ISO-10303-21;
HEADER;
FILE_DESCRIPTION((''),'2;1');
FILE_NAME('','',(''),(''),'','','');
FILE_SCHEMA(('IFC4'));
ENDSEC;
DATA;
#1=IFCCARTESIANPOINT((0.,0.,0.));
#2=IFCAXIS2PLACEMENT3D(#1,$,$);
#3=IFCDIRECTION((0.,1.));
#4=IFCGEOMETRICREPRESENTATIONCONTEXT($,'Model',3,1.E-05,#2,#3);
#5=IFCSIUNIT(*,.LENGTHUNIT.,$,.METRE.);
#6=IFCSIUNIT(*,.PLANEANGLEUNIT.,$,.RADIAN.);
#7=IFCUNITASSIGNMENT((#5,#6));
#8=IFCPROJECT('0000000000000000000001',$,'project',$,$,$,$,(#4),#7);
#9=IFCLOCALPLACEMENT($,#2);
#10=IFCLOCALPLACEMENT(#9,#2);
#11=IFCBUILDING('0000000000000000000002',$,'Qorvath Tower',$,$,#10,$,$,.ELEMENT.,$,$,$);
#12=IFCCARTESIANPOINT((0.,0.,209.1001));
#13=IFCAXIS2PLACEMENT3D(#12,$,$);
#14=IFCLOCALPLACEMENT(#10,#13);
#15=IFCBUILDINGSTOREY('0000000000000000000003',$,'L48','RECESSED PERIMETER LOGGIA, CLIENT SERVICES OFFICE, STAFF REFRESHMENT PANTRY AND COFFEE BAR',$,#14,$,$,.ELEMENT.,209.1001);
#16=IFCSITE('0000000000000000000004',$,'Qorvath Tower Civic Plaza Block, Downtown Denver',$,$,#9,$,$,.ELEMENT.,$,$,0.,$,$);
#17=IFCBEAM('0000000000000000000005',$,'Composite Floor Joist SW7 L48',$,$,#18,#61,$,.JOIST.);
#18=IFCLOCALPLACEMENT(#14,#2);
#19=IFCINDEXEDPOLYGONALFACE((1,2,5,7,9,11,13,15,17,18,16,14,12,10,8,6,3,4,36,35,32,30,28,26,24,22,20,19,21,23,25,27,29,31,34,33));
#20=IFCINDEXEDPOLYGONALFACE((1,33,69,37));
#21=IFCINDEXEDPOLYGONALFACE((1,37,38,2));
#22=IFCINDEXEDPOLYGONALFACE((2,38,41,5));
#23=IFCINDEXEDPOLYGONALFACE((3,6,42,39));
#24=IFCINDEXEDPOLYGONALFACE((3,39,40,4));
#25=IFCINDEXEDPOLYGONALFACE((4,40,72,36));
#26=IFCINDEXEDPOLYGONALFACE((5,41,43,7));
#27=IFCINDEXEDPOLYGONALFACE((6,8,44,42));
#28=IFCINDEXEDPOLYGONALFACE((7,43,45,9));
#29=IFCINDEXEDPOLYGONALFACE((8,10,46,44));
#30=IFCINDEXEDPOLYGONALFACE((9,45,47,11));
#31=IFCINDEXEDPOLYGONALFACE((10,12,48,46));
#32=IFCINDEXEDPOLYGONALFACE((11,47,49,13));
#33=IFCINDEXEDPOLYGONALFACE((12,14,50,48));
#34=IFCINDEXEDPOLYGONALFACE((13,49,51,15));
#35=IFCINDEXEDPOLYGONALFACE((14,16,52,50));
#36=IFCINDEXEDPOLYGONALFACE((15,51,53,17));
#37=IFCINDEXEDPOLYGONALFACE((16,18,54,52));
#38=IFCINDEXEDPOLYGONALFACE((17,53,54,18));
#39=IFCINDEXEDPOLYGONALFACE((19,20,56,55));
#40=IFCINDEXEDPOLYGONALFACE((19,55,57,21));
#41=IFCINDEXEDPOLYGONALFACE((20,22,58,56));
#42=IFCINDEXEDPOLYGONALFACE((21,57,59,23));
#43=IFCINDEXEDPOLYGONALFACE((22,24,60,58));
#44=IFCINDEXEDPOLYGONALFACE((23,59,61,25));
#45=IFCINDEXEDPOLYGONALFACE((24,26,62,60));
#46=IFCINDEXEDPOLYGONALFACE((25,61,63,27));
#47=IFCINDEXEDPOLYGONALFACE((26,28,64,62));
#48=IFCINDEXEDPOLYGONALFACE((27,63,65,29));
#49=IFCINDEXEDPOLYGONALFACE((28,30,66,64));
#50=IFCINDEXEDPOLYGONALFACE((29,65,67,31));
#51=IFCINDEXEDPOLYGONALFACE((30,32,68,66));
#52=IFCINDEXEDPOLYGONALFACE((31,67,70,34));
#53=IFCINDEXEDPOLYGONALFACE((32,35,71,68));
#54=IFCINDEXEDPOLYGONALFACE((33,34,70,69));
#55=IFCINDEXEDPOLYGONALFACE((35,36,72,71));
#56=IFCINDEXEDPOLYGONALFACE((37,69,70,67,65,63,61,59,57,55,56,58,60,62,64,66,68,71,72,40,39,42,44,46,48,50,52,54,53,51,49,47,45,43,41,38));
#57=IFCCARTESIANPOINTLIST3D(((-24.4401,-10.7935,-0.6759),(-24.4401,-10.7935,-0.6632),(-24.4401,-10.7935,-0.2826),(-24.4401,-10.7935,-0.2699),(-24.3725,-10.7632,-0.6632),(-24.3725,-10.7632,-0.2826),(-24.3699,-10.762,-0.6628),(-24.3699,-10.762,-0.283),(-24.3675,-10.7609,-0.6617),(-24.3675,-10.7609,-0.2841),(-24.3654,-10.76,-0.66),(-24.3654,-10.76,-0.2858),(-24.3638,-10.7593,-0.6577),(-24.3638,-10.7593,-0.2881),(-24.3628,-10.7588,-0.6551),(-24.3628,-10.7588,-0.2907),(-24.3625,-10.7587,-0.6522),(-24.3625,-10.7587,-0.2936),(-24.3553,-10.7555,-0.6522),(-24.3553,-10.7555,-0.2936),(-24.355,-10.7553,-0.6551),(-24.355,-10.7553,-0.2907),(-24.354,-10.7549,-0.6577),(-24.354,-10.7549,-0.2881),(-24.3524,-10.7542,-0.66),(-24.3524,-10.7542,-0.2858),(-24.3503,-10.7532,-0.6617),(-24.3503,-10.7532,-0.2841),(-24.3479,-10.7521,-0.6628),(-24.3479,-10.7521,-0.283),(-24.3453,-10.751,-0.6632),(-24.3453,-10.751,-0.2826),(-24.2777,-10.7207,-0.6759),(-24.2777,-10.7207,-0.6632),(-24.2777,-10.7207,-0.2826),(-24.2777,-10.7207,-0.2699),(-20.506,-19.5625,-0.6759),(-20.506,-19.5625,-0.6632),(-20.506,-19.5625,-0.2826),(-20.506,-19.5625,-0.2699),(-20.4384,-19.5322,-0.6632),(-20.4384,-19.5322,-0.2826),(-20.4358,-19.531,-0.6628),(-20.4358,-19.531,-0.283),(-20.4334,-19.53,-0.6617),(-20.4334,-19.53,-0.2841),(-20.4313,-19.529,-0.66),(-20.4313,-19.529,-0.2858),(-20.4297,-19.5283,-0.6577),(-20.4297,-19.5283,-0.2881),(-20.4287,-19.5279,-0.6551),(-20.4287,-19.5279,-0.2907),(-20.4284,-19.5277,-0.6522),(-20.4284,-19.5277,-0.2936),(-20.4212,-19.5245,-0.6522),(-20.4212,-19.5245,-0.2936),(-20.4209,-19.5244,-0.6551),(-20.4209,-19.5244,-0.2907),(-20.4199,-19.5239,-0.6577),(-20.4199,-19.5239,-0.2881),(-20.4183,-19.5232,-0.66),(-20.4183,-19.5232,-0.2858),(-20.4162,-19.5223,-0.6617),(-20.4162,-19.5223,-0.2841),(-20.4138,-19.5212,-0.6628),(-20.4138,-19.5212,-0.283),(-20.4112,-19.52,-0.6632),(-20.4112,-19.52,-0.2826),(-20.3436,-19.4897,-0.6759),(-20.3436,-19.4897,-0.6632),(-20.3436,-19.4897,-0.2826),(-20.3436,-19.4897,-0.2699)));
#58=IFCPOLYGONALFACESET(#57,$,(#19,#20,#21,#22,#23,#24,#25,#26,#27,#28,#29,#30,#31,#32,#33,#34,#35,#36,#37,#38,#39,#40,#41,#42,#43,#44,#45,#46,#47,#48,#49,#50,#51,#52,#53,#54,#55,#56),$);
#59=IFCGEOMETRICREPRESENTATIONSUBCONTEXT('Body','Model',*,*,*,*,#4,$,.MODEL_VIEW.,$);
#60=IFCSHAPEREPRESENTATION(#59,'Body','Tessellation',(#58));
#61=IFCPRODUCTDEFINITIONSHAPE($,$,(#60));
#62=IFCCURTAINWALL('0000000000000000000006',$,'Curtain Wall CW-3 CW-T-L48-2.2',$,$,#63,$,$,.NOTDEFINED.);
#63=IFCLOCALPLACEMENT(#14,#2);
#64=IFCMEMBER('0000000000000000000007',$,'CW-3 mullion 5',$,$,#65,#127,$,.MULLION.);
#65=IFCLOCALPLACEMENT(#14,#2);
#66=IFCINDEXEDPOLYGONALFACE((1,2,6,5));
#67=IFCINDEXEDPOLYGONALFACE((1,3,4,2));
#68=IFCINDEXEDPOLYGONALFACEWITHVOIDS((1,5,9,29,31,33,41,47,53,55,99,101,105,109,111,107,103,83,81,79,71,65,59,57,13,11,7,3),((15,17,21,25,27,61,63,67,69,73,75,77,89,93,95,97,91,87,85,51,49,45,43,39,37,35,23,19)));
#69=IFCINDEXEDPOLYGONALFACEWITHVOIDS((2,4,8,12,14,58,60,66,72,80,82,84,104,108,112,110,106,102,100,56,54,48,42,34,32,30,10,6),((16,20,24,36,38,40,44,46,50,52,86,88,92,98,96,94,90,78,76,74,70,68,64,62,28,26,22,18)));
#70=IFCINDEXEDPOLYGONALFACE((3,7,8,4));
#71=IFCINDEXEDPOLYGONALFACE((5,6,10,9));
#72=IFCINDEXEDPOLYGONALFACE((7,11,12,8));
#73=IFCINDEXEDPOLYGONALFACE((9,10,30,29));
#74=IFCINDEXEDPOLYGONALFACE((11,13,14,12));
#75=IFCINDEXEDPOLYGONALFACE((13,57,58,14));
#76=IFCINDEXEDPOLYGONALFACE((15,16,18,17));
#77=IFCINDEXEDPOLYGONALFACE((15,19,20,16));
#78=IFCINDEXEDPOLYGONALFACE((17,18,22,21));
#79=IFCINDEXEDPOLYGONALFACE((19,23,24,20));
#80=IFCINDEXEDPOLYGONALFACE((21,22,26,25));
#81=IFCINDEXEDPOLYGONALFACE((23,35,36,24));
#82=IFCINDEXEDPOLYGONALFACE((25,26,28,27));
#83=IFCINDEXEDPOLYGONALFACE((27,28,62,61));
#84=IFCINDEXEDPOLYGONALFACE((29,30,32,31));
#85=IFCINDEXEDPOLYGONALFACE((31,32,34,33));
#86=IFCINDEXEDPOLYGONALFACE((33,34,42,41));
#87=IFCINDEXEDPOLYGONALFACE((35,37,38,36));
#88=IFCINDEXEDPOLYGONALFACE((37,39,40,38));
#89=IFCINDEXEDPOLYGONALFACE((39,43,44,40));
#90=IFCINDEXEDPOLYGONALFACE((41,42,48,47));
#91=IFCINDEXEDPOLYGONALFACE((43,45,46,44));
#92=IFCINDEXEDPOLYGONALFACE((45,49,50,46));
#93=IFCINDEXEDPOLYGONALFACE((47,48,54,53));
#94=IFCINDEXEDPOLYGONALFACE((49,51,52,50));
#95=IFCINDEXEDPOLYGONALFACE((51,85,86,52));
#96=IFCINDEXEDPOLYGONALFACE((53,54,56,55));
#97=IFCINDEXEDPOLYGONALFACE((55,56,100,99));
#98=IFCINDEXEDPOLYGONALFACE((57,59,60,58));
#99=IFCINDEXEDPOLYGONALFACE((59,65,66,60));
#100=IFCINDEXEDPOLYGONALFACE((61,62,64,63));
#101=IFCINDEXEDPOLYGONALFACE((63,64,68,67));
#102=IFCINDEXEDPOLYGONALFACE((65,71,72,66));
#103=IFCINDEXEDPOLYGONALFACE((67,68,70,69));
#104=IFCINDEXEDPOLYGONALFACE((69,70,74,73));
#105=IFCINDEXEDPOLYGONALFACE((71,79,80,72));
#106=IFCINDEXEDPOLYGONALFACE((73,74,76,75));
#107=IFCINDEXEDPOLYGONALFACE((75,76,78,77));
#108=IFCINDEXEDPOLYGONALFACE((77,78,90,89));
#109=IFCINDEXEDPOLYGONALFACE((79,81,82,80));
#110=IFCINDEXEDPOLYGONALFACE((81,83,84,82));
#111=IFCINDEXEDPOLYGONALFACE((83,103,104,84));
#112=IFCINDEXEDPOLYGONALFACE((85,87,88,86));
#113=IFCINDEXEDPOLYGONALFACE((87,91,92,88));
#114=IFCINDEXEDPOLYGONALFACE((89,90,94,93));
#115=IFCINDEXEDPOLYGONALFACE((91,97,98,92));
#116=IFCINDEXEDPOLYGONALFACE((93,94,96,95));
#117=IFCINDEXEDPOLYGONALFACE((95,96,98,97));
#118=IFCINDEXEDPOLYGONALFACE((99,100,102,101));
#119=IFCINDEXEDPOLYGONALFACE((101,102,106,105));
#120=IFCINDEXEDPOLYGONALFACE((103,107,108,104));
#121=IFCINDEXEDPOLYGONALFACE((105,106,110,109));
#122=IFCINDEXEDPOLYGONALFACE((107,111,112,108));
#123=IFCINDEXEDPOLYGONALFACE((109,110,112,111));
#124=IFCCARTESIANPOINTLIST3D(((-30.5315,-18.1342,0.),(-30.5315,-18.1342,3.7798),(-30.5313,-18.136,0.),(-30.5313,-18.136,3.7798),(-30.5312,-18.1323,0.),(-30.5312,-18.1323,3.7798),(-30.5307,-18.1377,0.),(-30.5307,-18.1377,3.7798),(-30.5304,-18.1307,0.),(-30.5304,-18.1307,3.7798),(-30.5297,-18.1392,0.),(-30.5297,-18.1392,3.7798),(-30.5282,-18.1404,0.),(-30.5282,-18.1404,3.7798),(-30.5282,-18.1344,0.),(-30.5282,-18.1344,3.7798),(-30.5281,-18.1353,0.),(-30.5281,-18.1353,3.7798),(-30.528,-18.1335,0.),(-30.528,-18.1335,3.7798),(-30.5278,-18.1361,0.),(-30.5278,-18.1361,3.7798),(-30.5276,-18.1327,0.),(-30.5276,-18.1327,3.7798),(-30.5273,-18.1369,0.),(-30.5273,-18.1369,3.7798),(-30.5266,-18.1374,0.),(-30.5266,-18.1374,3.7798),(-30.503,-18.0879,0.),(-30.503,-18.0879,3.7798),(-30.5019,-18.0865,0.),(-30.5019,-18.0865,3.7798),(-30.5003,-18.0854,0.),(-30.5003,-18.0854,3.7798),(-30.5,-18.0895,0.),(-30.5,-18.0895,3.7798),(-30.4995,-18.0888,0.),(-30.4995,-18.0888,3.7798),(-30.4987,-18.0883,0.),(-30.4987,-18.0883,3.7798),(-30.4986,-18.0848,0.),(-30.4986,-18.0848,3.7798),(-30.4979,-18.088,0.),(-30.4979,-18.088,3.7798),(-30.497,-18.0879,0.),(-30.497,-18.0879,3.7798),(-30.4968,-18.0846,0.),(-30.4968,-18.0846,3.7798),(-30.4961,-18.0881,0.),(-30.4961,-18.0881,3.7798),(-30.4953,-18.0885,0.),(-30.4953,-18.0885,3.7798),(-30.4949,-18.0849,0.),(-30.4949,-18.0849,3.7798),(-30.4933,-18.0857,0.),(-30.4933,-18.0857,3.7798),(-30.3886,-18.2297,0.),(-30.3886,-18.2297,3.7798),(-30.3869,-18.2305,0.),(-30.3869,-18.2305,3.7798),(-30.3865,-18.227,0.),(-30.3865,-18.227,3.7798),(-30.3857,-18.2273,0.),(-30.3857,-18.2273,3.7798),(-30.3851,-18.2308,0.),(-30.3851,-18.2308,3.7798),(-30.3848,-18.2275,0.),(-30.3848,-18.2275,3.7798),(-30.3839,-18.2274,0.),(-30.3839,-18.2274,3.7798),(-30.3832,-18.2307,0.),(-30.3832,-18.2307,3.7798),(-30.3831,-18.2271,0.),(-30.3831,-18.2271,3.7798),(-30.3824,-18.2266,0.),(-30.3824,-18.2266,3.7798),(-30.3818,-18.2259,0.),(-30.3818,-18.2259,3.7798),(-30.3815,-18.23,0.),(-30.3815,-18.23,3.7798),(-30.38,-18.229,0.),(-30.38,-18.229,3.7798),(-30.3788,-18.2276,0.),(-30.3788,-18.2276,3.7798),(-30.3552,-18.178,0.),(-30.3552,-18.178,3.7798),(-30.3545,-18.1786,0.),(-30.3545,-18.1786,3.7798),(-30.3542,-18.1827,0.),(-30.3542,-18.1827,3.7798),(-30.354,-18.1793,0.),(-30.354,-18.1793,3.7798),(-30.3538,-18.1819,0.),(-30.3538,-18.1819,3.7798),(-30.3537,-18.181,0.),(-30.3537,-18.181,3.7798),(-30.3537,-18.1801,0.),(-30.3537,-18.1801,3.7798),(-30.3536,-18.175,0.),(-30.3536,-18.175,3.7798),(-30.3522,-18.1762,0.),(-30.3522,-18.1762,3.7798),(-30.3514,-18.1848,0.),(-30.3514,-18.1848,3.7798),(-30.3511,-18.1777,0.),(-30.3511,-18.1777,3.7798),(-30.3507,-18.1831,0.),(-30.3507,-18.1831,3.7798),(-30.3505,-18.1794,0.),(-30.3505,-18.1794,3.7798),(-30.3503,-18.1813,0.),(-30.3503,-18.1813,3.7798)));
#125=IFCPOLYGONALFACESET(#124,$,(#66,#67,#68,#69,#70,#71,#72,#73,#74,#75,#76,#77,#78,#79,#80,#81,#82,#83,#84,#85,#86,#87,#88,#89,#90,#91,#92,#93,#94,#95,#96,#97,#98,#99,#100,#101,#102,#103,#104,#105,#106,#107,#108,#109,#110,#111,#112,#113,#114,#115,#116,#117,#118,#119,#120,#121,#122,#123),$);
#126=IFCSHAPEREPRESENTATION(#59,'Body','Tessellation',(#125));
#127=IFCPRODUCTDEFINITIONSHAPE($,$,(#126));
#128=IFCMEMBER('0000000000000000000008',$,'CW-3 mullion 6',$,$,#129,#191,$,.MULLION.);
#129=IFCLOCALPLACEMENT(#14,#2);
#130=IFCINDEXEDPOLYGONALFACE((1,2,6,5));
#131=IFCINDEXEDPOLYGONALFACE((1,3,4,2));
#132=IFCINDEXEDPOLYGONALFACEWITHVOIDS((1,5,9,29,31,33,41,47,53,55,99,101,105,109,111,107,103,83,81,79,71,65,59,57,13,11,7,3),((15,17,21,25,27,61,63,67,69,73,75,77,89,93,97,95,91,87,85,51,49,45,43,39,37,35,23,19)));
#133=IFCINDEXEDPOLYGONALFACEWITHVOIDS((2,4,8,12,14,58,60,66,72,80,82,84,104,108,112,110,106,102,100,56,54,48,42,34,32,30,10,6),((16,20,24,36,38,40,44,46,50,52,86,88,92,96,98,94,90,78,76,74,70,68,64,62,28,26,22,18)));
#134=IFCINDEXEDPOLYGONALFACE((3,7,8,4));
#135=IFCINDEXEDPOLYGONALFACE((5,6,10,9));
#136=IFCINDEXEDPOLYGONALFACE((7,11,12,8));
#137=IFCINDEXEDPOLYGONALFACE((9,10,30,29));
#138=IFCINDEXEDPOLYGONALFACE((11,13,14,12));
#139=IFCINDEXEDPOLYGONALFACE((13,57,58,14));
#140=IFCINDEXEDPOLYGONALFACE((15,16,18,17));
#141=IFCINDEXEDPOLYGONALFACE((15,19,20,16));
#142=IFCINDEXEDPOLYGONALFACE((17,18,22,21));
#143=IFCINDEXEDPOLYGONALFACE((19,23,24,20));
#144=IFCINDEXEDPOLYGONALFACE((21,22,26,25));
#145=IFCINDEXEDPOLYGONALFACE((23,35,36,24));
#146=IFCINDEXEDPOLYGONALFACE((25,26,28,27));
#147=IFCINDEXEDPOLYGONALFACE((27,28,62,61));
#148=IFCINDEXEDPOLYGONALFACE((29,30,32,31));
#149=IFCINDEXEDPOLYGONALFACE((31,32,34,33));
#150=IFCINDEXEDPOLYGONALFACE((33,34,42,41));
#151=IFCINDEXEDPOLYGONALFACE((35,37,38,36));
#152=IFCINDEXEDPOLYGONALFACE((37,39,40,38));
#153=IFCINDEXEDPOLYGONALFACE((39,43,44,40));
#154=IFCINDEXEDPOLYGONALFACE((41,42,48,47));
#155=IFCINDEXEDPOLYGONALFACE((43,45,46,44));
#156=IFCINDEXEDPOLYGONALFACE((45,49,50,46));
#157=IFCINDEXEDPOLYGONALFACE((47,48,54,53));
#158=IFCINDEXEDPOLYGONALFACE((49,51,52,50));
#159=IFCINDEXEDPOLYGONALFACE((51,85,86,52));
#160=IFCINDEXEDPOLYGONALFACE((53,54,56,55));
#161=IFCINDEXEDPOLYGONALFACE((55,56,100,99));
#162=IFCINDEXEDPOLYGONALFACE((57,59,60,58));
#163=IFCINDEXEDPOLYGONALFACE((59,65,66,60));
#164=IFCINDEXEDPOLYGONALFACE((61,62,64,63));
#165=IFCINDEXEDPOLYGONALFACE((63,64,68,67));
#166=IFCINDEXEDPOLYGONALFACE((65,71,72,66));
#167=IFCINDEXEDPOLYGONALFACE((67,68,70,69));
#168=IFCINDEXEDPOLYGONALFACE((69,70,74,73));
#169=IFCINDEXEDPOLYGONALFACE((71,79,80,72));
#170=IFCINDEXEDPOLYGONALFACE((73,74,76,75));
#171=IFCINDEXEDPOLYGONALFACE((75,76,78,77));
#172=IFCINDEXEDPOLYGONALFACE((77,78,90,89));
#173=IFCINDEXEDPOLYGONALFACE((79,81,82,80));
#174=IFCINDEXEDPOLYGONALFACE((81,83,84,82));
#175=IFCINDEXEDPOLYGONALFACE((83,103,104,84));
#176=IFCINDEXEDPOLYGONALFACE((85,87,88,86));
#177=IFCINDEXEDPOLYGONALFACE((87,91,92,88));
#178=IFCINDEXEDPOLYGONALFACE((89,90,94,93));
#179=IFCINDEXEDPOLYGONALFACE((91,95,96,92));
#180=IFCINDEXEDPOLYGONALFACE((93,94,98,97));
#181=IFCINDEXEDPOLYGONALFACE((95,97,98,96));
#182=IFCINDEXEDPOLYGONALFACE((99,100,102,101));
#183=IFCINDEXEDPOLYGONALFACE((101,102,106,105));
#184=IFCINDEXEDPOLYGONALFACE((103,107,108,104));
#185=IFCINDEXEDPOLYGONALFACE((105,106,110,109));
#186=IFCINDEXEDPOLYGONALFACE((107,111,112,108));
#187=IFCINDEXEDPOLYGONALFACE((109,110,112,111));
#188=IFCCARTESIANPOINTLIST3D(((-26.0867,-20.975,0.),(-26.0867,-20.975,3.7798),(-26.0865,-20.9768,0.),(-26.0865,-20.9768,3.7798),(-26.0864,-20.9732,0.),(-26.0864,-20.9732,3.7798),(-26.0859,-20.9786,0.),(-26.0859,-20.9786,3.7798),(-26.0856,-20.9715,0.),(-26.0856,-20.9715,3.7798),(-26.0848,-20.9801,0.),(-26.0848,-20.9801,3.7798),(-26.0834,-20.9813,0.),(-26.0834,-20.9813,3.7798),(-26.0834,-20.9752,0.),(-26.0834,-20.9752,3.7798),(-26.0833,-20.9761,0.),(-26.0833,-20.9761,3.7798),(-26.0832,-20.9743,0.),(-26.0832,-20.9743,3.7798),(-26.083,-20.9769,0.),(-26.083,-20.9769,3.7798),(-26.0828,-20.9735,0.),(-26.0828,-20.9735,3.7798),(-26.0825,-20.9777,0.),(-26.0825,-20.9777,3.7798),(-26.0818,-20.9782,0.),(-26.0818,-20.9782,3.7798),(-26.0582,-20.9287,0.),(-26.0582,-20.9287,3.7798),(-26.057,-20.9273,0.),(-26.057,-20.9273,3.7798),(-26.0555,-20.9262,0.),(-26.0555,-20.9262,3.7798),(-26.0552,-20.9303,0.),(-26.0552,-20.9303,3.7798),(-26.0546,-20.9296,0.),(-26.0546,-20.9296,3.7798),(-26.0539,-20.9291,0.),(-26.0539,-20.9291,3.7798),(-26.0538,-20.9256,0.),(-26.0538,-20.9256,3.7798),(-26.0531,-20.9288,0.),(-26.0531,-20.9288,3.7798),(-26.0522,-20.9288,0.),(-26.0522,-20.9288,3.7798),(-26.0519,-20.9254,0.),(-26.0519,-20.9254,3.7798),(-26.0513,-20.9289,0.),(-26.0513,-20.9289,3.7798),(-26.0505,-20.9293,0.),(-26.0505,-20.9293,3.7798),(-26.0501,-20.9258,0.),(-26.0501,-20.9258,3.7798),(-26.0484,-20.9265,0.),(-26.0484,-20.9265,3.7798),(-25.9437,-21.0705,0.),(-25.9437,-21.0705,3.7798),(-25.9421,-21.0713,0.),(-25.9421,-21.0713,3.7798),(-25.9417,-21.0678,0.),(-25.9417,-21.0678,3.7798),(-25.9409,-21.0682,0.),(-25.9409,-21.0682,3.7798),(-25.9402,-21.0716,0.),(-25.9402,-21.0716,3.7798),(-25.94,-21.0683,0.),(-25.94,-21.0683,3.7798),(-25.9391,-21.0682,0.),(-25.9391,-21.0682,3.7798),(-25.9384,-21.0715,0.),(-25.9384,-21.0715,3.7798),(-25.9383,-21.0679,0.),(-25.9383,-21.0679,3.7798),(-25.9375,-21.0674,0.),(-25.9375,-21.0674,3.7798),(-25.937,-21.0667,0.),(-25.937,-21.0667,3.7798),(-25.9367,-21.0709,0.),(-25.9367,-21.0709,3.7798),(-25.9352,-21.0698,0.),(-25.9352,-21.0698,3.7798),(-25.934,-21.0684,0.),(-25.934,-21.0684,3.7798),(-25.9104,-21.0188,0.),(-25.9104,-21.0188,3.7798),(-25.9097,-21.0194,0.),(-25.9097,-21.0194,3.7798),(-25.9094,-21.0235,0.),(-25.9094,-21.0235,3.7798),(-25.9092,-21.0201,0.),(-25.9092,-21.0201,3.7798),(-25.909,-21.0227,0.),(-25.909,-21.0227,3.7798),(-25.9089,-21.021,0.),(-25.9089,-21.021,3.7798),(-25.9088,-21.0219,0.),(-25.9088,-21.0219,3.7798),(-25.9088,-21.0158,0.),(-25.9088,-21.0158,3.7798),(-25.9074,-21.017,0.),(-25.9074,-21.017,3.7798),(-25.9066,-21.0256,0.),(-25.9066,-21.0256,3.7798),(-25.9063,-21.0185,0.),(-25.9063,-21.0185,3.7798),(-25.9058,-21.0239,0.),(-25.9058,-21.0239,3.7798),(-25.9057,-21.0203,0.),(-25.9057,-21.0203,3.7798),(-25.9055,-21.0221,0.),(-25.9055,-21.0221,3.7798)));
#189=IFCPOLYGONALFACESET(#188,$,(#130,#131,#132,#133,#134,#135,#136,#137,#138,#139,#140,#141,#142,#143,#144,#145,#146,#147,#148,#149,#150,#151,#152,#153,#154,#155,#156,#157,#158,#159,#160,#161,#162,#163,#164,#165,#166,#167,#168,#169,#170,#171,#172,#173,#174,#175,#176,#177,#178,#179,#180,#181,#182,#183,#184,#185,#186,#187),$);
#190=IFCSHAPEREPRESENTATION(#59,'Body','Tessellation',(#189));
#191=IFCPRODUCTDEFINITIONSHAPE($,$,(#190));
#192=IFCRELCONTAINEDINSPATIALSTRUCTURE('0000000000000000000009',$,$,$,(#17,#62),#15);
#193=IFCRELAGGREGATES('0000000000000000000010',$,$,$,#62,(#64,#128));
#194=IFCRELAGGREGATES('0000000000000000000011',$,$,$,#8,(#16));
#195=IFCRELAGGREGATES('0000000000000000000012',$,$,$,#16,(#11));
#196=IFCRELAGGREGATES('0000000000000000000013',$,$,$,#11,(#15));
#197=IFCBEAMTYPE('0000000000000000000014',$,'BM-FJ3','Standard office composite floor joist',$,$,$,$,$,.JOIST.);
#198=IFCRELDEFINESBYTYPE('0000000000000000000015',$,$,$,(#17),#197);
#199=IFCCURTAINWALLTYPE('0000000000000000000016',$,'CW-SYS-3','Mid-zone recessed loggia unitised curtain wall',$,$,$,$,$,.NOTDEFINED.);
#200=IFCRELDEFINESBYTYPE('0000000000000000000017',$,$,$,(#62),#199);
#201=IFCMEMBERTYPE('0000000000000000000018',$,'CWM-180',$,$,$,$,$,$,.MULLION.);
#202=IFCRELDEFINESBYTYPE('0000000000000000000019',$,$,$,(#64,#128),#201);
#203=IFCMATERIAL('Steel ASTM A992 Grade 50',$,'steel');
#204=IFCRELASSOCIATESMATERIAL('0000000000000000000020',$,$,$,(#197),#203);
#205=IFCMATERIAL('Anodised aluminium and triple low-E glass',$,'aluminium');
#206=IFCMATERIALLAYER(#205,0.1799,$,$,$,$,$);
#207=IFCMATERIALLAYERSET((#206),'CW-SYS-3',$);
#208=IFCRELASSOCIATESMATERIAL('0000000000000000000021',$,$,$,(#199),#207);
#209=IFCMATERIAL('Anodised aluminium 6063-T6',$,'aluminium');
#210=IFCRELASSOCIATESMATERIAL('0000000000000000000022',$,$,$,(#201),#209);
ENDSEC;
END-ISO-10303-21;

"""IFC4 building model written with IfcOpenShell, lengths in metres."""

from ifc_helpers import new_model, si_unit, direction, frame, origin, origin_2d, place, context, subcontext, project, spatial, hollow_rectangle, i_section, extrude, material, layer, layer_set, material_profile, profile_set, type_object, element, aggregate, save


model = new_model("IFC4")

# Units and contexts
model_context = context("Model", 3, precision=1e-05, world=origin(), true_north=direction((0.0, 1.0)))
body_context = subcontext(model_context, "Body", "Model", "MODEL_VIEW")
ifc_project = project(units=[si_unit("LENGTHUNIT", "METRE"), si_unit("PLANEANGLEUNIT", "RADIAN")], contexts=[model_context])

# Site, building, storey
site_placement = place(None, origin())
site = spatial("IfcSite", under=ifc_project, at=site_placement, Name="Qorvath Tower Civic Plaza Block, Downtown Denver", CompositionType="ELEMENT", RefElevation=0.0)
building_placement = place(site_placement, origin())
building = spatial("IfcBuilding", under=site, at=building_placement, Name="Qorvath Tower", CompositionType="ELEMENT")
storey_placement = place(building_placement, frame((0.0, 0.0, 209.1001)))
storey = spatial("IfcBuildingStorey", under=building, at=storey_placement, Name="L48", Description="RECESSED PERIMETER LOGGIA, CLIENT SERVICES OFFICE, STAFF REFRESHMENT PANTRY AND COFFEE BAR", CompositionType="ELEMENT", Elevation=209.1001)

# Beam
ifc_material_1 = material(Name="Steel ASTM A992 Grade 50", Category="steel")
ifc_material_profile_1 = material_profile(ifc_material_1, i_section(OverallWidth=0.178, OverallDepth=0.406, WebThickness=0.0078, FlangeThickness=0.0127, FilletRadius=0.011, at=origin_2d()), Name="W16x40")
ifc_profile_set_1 = profile_set([ifc_material_profile_1], Name="Steel ASTM A992 Grade 50")
beam_type_1 = type_object("IfcBeamType", Name="BM-FJ3", Description="Standard office composite floor joist", PredefinedType="JOIST", material=ifc_profile_set_1)
beam_1_placement = place(storey_placement, frame((-24.3589, -10.7571, -0.4729), z_axis=(0.409327, -0.912388, 0.0), x_axis=(0.912388, 0.409327, 0.0)))
element("IfcBeam", 1, at=beam_1_placement, inside=storey, type_object=beam_type_1, Name="Composite Floor Joist SW7 L48", PredefinedType="JOIST", context=body_context, shape_type="SweptSolid", body=[
    extrude(i_section(OverallWidth=0.178, OverallDepth=0.406, WebThickness=0.0078, FlangeThickness=0.0127, FilletRadius=0.011, at=origin_2d()), origin(), (0.0, 0.0, 1.0), 9.6111),
])

# Curtain wall, members
ifc_material_2 = material(Name="Anodised aluminium and triple low-E glass", Category="aluminium")
ifc_layer_1 = layer(ifc_material_2, 0.1799)
ifc_layer_set_1 = layer_set([ifc_layer_1], Name="CW-SYS-3")
curtain_wall_type = type_object("IfcCurtainWallType", Name="CW-SYS-3", Description="Mid-zone recessed loggia unitised curtain wall", PredefinedType="NOTDEFINED", material=ifc_layer_set_1)
curtain_wall_placement = place(storey_placement, origin())
curtain_wall = element("IfcCurtainWall", 2, at=curtain_wall_placement, inside=storey, type_object=curtain_wall_type, Name="Curtain Wall CW-3 CW-T-L48-2.2", PredefinedType="NOTDEFINED")
ifc_material_3 = material(Name="Anodised aluminium 6063-T6", Category="aluminium")
ifc_material_profile_2 = material_profile(ifc_material_3, hollow_rectangle(XDim=0.0649, YDim=0.1799, WallThickness=0.0034, InnerFilletRadius=0.0034, OuterFilletRadius=0.0071, at=origin_2d()), Name="CWM 180x65")
ifc_profile_set_2 = profile_set([ifc_material_profile_2], Name="Anodised aluminium 6063-T6")
member_type_1 = type_object("IfcMemberType", Name="CWM-180", PredefinedType="MULLION", material=ifc_profile_set_2)
member_1_placement = place(storey_placement, frame((-30.4409, -18.1577, 0.0), z_axis=(0.0, 0.0, 1.0), x_axis=(0.538533, 0.842605, 0.0)))
member_1 = element("IfcMember", 3, at=member_1_placement, type_object=member_type_1, Name="CW-3 mullion 5", PredefinedType="MULLION", context=body_context, shape_type="SweptSolid", body=[
    extrude(hollow_rectangle(XDim=0.0649, YDim=0.1799, WallThickness=0.0034, InnerFilletRadius=0.0034, OuterFilletRadius=0.0071, at=origin_2d()), origin(), (0.0, 0.0, 1.0), 3.7798),
])
member_2_placement = place(storey_placement, frame((-25.9961, -20.9985, 0.0), z_axis=(0.0, 0.0, 1.0), x_axis=(0.538533, 0.842605, 0.0)))
member_2 = element("IfcMember", 4, at=member_2_placement, type_object=member_type_1, Name="CW-3 mullion 6", PredefinedType="MULLION", context=body_context, shape_type="SweptSolid", body=[
    extrude(hollow_rectangle(XDim=0.0649, YDim=0.1799, WallThickness=0.0034, InnerFilletRadius=0.0034, OuterFilletRadius=0.0071, at=origin_2d()), origin(), (0.0, 0.0, 1.0), 3.7798),
])
aggregate(curtain_wall, [member_1, member_2])

save(model, "model.ifc")
